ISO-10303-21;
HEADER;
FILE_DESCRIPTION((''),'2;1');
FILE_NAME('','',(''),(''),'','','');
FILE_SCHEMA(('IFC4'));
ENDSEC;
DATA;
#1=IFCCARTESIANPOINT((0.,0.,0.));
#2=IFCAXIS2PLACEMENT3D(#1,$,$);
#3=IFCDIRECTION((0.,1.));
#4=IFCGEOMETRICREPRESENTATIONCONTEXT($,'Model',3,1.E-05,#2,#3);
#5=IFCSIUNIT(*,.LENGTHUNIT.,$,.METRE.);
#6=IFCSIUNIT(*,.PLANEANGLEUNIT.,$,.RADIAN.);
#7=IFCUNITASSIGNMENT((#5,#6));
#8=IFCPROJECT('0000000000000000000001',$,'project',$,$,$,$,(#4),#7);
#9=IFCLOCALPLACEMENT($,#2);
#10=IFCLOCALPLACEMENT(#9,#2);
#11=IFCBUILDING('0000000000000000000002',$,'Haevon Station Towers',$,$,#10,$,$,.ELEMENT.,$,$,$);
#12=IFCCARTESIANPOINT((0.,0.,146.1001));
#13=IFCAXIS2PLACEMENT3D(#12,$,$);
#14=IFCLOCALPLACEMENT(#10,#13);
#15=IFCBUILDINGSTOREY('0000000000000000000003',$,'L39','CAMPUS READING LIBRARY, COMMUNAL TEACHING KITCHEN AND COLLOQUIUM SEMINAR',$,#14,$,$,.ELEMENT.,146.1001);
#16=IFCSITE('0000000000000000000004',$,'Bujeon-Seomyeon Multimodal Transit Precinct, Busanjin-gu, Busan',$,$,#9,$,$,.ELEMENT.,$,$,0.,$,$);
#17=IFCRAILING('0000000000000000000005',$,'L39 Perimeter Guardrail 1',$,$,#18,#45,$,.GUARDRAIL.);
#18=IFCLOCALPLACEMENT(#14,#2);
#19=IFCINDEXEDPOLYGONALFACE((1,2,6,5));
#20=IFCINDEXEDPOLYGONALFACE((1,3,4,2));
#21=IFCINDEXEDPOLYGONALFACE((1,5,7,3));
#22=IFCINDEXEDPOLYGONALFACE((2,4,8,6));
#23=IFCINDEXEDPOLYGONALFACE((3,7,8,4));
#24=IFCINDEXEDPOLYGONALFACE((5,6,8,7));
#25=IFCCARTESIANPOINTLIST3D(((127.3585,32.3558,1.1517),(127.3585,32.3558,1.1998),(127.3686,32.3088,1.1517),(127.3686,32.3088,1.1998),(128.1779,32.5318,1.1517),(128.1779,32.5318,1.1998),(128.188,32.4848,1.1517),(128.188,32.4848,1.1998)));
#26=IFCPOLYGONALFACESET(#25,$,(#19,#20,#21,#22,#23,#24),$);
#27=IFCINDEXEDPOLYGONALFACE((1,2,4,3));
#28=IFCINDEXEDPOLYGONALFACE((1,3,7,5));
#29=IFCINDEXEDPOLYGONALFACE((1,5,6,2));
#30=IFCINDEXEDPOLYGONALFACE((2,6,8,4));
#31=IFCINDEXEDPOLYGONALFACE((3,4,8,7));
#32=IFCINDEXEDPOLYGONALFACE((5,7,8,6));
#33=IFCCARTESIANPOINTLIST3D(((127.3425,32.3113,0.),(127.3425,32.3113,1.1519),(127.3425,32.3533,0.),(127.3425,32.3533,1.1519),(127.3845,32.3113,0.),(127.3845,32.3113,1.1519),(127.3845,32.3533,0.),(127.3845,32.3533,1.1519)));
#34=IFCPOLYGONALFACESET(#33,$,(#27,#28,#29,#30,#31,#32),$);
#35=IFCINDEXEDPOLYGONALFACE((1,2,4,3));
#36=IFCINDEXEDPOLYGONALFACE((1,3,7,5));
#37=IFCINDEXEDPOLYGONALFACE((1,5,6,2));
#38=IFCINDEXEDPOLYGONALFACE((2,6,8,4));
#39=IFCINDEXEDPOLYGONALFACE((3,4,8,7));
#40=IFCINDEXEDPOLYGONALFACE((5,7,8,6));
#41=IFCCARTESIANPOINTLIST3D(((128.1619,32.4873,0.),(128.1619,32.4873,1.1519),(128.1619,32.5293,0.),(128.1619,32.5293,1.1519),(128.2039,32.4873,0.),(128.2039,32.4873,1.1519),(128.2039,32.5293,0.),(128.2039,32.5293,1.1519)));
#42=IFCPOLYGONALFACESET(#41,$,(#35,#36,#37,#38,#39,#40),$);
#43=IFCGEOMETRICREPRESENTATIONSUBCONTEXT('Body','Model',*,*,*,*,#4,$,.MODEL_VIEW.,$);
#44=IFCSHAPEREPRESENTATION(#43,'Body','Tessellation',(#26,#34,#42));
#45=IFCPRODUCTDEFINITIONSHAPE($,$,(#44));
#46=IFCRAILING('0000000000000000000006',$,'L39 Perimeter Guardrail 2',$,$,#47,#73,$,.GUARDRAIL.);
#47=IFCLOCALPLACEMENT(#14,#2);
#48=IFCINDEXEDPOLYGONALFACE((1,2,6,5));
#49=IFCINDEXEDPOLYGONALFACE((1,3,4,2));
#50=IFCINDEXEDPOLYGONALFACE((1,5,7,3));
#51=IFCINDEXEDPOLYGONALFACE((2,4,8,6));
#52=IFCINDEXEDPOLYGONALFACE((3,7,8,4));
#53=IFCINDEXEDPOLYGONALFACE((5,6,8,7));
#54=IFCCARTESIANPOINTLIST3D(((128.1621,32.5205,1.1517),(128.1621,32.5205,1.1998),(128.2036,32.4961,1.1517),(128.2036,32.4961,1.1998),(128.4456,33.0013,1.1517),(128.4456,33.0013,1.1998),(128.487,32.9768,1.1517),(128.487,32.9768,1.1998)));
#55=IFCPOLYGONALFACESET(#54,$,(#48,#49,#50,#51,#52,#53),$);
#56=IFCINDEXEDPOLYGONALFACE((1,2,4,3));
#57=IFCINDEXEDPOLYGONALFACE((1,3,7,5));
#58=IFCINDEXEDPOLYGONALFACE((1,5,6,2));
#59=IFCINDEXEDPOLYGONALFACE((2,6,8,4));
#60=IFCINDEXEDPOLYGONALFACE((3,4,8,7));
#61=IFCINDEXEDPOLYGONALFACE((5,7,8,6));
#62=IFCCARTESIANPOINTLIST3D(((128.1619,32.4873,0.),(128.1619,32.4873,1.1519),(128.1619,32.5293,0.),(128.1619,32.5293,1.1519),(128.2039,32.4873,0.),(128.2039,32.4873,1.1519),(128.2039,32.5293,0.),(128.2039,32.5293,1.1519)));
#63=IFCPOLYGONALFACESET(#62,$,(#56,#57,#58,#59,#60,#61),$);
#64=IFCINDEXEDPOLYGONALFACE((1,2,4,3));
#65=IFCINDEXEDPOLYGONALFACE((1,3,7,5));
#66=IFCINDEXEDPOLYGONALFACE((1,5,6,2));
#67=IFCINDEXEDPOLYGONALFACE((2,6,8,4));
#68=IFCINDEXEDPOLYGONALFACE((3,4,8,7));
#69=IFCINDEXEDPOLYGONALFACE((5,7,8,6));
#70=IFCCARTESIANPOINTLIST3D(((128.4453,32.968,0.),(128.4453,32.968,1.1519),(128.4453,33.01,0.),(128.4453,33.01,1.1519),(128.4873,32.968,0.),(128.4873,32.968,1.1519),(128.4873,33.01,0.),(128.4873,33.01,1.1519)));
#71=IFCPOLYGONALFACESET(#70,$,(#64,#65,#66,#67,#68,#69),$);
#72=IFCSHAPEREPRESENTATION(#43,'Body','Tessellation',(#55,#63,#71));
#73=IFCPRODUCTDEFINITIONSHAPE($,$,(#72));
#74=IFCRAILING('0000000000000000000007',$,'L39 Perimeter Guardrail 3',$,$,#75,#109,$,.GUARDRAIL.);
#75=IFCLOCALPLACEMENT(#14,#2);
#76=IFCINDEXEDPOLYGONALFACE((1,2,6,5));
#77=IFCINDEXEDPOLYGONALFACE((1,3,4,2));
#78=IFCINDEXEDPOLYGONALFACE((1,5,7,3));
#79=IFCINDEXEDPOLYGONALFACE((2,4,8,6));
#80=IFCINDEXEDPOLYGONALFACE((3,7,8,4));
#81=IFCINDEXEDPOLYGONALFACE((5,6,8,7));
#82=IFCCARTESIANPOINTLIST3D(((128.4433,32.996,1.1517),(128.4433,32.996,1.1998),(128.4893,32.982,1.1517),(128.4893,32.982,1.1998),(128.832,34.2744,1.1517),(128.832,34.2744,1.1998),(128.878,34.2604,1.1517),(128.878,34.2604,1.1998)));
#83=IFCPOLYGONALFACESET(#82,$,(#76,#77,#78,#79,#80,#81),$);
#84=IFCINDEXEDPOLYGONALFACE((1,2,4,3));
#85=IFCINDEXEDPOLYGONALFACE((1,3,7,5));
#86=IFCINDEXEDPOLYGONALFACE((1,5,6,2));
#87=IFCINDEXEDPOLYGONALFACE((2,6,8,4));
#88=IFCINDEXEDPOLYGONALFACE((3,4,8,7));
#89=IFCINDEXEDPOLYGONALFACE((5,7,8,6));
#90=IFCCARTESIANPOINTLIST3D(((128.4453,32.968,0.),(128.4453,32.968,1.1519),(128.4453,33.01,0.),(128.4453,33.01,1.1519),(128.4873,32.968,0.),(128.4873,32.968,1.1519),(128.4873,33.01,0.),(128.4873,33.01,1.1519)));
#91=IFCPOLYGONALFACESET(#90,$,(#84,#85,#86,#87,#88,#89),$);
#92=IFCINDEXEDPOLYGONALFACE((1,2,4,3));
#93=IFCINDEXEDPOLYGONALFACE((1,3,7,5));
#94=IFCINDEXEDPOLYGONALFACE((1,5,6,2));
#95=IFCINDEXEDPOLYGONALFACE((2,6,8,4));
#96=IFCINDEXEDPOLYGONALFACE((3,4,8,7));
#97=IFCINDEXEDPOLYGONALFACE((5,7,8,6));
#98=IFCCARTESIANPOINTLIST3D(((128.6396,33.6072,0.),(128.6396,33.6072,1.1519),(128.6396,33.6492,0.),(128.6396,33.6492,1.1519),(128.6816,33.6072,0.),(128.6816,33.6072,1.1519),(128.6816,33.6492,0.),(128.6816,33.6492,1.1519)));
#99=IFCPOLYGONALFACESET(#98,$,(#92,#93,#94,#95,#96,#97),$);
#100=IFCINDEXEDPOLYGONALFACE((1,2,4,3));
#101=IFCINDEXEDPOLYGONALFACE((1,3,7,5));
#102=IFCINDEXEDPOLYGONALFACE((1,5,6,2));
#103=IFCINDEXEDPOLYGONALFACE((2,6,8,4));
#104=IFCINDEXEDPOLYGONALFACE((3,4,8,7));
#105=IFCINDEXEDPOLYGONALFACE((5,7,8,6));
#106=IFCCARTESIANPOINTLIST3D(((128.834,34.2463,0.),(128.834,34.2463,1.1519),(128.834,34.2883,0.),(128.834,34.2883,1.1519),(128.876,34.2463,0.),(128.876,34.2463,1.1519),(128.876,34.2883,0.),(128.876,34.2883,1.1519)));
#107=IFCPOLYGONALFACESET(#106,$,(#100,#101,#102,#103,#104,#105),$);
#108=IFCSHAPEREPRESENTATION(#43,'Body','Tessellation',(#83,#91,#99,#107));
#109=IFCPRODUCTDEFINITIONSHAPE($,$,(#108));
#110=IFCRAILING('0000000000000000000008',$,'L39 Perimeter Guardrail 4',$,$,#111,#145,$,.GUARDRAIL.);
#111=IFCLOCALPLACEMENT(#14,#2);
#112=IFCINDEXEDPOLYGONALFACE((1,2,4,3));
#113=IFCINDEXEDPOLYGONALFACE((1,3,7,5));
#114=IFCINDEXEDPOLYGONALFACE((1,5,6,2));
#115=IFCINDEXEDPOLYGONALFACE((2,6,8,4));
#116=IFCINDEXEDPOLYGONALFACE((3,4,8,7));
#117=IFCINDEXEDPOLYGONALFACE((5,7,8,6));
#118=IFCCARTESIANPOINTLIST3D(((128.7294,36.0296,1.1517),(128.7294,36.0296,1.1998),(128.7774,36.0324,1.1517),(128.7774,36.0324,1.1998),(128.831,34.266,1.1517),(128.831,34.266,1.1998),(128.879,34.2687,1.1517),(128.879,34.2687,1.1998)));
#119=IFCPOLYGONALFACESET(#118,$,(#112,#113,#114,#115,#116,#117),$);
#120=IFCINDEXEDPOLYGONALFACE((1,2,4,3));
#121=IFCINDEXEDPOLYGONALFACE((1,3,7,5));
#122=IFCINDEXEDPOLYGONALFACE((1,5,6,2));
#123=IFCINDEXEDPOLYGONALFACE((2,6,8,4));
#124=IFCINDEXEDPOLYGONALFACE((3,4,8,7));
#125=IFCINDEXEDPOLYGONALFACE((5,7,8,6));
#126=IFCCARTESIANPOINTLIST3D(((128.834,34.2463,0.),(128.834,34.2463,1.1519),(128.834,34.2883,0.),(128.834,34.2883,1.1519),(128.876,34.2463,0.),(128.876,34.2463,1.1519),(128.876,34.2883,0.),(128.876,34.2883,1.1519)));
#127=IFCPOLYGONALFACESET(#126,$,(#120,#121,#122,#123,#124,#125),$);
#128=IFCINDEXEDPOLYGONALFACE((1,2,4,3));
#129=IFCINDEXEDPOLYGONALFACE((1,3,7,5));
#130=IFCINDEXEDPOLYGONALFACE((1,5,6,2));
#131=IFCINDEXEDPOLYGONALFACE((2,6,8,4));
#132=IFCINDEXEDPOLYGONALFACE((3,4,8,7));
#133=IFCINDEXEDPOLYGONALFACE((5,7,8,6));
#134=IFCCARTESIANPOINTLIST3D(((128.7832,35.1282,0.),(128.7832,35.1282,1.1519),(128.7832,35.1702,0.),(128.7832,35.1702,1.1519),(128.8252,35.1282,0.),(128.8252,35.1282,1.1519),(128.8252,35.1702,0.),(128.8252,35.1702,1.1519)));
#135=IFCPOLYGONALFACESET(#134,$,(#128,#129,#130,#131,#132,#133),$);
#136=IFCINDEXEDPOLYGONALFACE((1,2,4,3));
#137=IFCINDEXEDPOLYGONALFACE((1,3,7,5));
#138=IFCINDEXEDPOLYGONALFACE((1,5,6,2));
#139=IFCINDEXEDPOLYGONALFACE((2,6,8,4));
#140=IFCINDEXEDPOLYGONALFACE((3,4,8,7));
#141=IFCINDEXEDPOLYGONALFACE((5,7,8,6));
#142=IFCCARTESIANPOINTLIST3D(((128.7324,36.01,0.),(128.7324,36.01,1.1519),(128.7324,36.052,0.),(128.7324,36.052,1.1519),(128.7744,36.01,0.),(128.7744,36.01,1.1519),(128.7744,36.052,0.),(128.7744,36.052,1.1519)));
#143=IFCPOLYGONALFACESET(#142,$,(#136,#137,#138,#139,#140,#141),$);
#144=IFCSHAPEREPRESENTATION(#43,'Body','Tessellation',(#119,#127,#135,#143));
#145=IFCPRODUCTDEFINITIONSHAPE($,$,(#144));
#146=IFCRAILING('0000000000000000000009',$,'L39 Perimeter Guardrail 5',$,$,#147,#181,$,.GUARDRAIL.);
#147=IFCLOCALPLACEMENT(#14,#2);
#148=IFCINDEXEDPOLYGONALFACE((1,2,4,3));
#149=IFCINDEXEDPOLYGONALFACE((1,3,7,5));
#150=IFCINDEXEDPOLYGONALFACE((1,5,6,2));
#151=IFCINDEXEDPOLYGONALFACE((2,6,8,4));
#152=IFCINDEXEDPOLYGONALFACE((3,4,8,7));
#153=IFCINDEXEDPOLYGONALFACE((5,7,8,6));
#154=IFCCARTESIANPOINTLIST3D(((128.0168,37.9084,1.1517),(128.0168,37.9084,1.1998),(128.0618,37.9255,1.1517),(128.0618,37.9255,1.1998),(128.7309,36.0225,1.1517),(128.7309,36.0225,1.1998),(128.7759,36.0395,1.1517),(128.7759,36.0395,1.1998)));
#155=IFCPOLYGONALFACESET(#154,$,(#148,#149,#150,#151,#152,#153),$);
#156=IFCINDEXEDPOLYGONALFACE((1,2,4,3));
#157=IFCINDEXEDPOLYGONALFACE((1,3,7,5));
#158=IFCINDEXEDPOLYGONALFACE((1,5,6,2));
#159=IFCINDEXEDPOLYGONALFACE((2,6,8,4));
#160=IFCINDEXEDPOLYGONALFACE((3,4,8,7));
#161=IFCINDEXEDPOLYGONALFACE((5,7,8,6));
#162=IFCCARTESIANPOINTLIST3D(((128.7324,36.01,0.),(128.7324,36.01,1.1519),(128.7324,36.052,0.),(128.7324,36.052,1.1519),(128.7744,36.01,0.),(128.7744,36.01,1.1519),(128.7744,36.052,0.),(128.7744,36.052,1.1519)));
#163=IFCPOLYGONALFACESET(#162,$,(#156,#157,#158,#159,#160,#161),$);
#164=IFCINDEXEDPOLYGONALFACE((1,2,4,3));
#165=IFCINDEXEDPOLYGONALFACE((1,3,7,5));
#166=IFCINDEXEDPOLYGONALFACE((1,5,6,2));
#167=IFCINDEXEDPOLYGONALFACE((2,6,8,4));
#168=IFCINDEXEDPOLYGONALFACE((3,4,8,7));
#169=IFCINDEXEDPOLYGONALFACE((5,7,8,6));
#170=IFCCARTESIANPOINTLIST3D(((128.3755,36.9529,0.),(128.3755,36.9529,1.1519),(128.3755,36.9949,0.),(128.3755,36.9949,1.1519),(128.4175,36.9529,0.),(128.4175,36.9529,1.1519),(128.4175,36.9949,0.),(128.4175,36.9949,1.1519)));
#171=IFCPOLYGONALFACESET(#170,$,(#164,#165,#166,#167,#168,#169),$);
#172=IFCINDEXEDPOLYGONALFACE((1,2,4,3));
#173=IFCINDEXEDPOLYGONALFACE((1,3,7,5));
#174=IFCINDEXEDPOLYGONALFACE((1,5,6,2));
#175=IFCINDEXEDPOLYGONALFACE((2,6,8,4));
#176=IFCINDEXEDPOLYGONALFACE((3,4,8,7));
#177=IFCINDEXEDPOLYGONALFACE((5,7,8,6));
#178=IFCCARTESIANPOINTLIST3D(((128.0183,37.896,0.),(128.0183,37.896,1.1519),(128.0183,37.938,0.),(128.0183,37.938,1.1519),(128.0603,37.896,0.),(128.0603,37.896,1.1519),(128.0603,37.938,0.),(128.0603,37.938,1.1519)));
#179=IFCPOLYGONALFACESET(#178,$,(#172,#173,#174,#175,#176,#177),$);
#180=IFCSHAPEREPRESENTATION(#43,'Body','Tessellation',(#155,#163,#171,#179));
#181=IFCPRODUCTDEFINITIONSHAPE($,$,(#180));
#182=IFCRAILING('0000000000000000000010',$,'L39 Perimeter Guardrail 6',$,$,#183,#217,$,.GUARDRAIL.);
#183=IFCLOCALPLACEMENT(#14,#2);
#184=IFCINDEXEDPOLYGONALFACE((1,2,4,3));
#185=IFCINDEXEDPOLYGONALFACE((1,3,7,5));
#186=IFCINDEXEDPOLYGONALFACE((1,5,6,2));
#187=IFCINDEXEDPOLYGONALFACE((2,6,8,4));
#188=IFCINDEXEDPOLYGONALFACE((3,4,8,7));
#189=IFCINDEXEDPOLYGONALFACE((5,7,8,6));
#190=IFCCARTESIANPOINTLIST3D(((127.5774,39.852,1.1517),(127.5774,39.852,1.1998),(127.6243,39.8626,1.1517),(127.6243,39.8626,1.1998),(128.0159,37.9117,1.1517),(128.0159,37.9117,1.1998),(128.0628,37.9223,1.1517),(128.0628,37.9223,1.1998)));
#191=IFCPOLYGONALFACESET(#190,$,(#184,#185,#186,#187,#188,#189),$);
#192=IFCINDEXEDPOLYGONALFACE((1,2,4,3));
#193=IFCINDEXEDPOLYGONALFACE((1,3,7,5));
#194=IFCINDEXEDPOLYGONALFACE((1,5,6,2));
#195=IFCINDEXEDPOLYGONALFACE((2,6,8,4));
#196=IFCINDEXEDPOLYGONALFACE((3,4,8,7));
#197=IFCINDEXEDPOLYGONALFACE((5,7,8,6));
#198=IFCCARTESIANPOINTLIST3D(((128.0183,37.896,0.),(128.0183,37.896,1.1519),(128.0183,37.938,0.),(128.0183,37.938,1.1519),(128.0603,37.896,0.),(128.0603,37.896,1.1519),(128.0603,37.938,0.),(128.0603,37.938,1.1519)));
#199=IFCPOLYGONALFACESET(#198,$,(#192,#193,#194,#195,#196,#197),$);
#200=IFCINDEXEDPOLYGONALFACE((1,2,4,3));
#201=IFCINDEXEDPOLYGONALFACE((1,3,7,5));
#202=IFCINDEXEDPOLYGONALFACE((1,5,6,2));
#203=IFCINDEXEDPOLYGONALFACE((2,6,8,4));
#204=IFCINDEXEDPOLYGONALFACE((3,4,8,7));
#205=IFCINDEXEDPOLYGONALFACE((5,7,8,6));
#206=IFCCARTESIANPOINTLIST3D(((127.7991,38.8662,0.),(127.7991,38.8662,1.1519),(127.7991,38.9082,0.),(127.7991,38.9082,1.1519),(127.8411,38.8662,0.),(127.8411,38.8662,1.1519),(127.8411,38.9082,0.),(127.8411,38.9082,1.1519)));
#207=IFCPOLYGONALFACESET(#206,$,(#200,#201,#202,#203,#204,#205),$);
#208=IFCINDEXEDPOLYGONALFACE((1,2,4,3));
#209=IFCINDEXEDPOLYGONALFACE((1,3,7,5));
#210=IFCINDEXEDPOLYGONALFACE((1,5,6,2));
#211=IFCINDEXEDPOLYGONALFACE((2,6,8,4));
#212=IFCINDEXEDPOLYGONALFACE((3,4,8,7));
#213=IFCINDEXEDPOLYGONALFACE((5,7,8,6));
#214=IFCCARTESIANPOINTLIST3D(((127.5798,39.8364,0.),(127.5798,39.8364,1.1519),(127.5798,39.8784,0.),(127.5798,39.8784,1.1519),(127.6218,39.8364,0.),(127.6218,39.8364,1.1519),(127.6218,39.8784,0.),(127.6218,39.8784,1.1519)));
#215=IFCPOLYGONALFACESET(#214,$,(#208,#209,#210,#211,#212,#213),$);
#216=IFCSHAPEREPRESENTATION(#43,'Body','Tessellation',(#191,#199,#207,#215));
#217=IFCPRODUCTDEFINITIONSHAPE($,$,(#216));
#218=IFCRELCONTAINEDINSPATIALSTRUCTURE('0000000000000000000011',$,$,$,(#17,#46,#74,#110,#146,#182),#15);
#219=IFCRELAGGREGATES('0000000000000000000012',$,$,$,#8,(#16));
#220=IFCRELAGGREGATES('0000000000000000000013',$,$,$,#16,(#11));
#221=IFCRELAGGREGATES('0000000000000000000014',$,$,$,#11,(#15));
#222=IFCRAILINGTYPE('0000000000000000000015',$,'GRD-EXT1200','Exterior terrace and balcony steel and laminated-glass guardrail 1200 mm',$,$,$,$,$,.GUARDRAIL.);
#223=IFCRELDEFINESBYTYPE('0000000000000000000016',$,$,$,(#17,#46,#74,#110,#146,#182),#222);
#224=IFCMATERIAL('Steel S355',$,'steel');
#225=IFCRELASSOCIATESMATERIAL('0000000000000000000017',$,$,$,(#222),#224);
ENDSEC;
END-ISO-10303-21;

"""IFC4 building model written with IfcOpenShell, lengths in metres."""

from ifc_helpers import new_model, si_unit, direction, frame, origin, origin_2d, place, context, subcontext, project, spatial, rectangle, extrude, material, type_object, element, save


model = new_model("IFC4")

# Units and contexts
model_context = context("Model", 3, precision=1e-05, world=origin(), true_north=direction((0.0, 1.0)))
body_context = subcontext(model_context, "Body", "Model", "MODEL_VIEW")
ifc_project = project(units=[si_unit("LENGTHUNIT", "METRE"), si_unit("PLANEANGLEUNIT", "RADIAN")], contexts=[model_context])

# Site, building, storey
site_placement = place(None, origin())
site = spatial("IfcSite", under=ifc_project, at=site_placement, Name="Bujeon-Seomyeon Multimodal Transit Precinct, Busanjin-gu, Busan", CompositionType="ELEMENT", RefElevation=0.0)
building_placement = place(site_placement, origin())
building = spatial("IfcBuilding", under=site, at=building_placement, Name="Haevon Station Towers", CompositionType="ELEMENT")
storey_placement = place(building_placement, frame((0.0, 0.0, 146.1001)))
storey = spatial("IfcBuildingStorey", under=building, at=storey_placement, Name="L39", Description="CAMPUS READING LIBRARY, COMMUNAL TEACHING KITCHEN AND COLLOQUIUM SEMINAR", CompositionType="ELEMENT", Elevation=146.1001)

# Shared definitions
ifc_material_1 = material(Name="Steel S355", Category="steel")

# Railings
railing_type = type_object("IfcRailingType", Name="GRD-EXT1200", Description="Exterior terrace and balcony steel and laminated-glass guardrail 1200 mm", PredefinedType="GUARDRAIL", material=ifc_material_1)
railing_1_placement = place(storey_placement, frame((127.3635, 32.3323, 0.0)))
element("IfcRailing", 1, at=railing_1_placement, inside=storey, type_object=railing_type, Name="L39 Perimeter Guardrail 1", PredefinedType="GUARDRAIL", context=body_context, shape_type="SweptSolid", body=[
    extrude(rectangle(XDim=0.0481, YDim=0.0481, at=origin_2d()), frame((0.0, 0.0, 1.1758), z_axis=(0.977691, 0.210046, 0.0), x_axis=(-0.210046, 0.977691, 0.0)), (0.0, 0.0, 1.0), 0.8381),
    extrude(rectangle(XDim=0.042, YDim=0.042, at=origin_2d()), origin(), (0.0, 0.0, 1.0), 1.1519),
    extrude(rectangle(XDim=0.042, YDim=0.042, at=origin_2d()), frame((0.8193, 0.176, 0.0)), (0.0, 0.0, 1.0), 1.1519),
])
railing_2_placement = place(storey_placement, frame((128.1829, 32.5083, 0.0)))
element("IfcRailing", 2, at=railing_2_placement, inside=storey, type_object=railing_type, Name="L39 Perimeter Guardrail 2", PredefinedType="GUARDRAIL", context=body_context, shape_type="SweptSolid", body=[
    extrude(rectangle(XDim=0.0481, YDim=0.0481, at=origin_2d()), frame((0.0, 0.0, 1.1758), z_axis=(0.507918, 0.861405, 0.0), x_axis=(-0.861405, 0.507918, 0.0)), (0.0, 0.0, 1.0), 0.5581),
    extrude(rectangle(XDim=0.042, YDim=0.042, at=origin_2d()), origin(), (0.0, 0.0, 1.0), 1.1519),
    extrude(rectangle(XDim=0.042, YDim=0.042, at=origin_2d()), frame((0.2834, 0.4807, 0.0)), (0.0, 0.0, 1.0), 1.1519),
])
railing_3_placement = place(storey_placement, frame((128.4663, 32.989, 0.0)))
element("IfcRailing", 3, at=railing_3_placement, inside=storey, type_object=railing_type, Name="L39 Perimeter Guardrail 3", PredefinedType="GUARDRAIL", context=body_context, shape_type="SweptSolid", body=[
    extrude(rectangle(XDim=0.0481, YDim=0.0481, at=origin_2d()), frame((0.0, 0.0, 1.1758), z_axis=(0.2909, 0.956754, 0.0), x_axis=(-0.956754, 0.2909, 0.0)), (0.0, 0.0, 1.0), 1.3362),
    extrude(rectangle(XDim=0.042, YDim=0.042, at=origin_2d()), origin(), (0.0, 0.0, 1.0), 1.1519),
    extrude(rectangle(XDim=0.042, YDim=0.042, at=origin_2d()), frame((0.1943, 0.6392, 0.0)), (0.0, 0.0, 1.0), 1.1519),
    extrude(rectangle(XDim=0.042, YDim=0.042, at=origin_2d()), frame((0.3887, 1.2783, 0.0)), (0.0, 0.0, 1.0), 1.1519),
])
railing_4_placement = place(storey_placement, frame((128.855, 34.2673, 0.0)))
element("IfcRailing", 4, at=railing_4_placement, inside=storey, type_object=railing_type, Name="L39 Perimeter Guardrail 4", PredefinedType="GUARDRAIL", context=body_context, shape_type="SweptSolid", body=[
    extrude(rectangle(XDim=0.0481, YDim=0.0481, at=origin_2d()), frame((0.0, 0.0, 1.1758), z_axis=(-0.057491, 0.998346, 0.0), x_axis=(-0.998346, -0.057491, 0.0)), (0.0, 0.0, 1.0), 1.7666),
    extrude(rectangle(XDim=0.042, YDim=0.042, at=origin_2d()), origin(), (0.0, 0.0, 1.0), 1.1519),
    extrude(rectangle(XDim=0.042, YDim=0.042, at=origin_2d()), frame((-0.0508, 0.8818, 0.0)), (0.0, 0.0, 1.0), 1.1519),
    extrude(rectangle(XDim=0.042, YDim=0.042, at=origin_2d()), frame((-0.1016, 1.7637, 0.0)), (0.0, 0.0, 1.0), 1.1519),
])
railing_5_placement = place(storey_placement, frame((128.7534, 36.031, 0.0)))
element("IfcRailing", 5, at=railing_5_placement, inside=storey, type_object=railing_type, Name="L39 Perimeter Guardrail 5", PredefinedType="GUARDRAIL", context=body_context, shape_type="SweptSolid", body=[
    extrude(rectangle(XDim=0.0481, YDim=0.0481, at=origin_2d()), frame((0.0, 0.0, 1.1758), z_axis=(-0.354107, 0.935205, 0.0), x_axis=(-0.935205, -0.354107, 0.0)), (0.0, 0.0, 1.0), 2.0166),
    extrude(rectangle(XDim=0.042, YDim=0.042, at=origin_2d()), origin(), (0.0, 0.0, 1.0), 1.1519),
    extrude(rectangle(XDim=0.042, YDim=0.042, at=origin_2d()), frame((-0.3569, 0.9429, 0.0)), (0.0, 0.0, 1.0), 1.1519),
    extrude(rectangle(XDim=0.042, YDim=0.042, at=origin_2d()), frame((-0.7141, 1.886, 0.0)), (0.0, 0.0, 1.0), 1.1519),
])
railing_6_placement = place(storey_placement, frame((128.0393, 37.917, 0.0)))
element("IfcRailing", 6, at=railing_6_placement, inside=storey, type_object=railing_type, Name="L39 Perimeter Guardrail 6", PredefinedType="GUARDRAIL", context=body_context, shape_type="SweptSolid", body=[
    extrude(rectangle(XDim=0.0481, YDim=0.0481, at=origin_2d()), frame((0.0, 0.0, 1.1758), z_axis=(-0.220412, 0.975407, 0.0), x_axis=(-0.975407, -0.220412, 0.0)), (0.0, 0.0, 1.0), 1.9893),
    extrude(rectangle(XDim=0.042, YDim=0.042, at=origin_2d()), origin(), (0.0, 0.0, 1.0), 1.1519),
    extrude(rectangle(XDim=0.042, YDim=0.042, at=origin_2d()), frame((-0.2192, 0.9702, 0.0)), (0.0, 0.0, 1.0), 1.1519),
    extrude(rectangle(XDim=0.042, YDim=0.042, at=origin_2d()), frame((-0.4385, 1.9404, 0.0)), (0.0, 0.0, 1.0), 1.1519),
])

save(model, "model.ifc")
